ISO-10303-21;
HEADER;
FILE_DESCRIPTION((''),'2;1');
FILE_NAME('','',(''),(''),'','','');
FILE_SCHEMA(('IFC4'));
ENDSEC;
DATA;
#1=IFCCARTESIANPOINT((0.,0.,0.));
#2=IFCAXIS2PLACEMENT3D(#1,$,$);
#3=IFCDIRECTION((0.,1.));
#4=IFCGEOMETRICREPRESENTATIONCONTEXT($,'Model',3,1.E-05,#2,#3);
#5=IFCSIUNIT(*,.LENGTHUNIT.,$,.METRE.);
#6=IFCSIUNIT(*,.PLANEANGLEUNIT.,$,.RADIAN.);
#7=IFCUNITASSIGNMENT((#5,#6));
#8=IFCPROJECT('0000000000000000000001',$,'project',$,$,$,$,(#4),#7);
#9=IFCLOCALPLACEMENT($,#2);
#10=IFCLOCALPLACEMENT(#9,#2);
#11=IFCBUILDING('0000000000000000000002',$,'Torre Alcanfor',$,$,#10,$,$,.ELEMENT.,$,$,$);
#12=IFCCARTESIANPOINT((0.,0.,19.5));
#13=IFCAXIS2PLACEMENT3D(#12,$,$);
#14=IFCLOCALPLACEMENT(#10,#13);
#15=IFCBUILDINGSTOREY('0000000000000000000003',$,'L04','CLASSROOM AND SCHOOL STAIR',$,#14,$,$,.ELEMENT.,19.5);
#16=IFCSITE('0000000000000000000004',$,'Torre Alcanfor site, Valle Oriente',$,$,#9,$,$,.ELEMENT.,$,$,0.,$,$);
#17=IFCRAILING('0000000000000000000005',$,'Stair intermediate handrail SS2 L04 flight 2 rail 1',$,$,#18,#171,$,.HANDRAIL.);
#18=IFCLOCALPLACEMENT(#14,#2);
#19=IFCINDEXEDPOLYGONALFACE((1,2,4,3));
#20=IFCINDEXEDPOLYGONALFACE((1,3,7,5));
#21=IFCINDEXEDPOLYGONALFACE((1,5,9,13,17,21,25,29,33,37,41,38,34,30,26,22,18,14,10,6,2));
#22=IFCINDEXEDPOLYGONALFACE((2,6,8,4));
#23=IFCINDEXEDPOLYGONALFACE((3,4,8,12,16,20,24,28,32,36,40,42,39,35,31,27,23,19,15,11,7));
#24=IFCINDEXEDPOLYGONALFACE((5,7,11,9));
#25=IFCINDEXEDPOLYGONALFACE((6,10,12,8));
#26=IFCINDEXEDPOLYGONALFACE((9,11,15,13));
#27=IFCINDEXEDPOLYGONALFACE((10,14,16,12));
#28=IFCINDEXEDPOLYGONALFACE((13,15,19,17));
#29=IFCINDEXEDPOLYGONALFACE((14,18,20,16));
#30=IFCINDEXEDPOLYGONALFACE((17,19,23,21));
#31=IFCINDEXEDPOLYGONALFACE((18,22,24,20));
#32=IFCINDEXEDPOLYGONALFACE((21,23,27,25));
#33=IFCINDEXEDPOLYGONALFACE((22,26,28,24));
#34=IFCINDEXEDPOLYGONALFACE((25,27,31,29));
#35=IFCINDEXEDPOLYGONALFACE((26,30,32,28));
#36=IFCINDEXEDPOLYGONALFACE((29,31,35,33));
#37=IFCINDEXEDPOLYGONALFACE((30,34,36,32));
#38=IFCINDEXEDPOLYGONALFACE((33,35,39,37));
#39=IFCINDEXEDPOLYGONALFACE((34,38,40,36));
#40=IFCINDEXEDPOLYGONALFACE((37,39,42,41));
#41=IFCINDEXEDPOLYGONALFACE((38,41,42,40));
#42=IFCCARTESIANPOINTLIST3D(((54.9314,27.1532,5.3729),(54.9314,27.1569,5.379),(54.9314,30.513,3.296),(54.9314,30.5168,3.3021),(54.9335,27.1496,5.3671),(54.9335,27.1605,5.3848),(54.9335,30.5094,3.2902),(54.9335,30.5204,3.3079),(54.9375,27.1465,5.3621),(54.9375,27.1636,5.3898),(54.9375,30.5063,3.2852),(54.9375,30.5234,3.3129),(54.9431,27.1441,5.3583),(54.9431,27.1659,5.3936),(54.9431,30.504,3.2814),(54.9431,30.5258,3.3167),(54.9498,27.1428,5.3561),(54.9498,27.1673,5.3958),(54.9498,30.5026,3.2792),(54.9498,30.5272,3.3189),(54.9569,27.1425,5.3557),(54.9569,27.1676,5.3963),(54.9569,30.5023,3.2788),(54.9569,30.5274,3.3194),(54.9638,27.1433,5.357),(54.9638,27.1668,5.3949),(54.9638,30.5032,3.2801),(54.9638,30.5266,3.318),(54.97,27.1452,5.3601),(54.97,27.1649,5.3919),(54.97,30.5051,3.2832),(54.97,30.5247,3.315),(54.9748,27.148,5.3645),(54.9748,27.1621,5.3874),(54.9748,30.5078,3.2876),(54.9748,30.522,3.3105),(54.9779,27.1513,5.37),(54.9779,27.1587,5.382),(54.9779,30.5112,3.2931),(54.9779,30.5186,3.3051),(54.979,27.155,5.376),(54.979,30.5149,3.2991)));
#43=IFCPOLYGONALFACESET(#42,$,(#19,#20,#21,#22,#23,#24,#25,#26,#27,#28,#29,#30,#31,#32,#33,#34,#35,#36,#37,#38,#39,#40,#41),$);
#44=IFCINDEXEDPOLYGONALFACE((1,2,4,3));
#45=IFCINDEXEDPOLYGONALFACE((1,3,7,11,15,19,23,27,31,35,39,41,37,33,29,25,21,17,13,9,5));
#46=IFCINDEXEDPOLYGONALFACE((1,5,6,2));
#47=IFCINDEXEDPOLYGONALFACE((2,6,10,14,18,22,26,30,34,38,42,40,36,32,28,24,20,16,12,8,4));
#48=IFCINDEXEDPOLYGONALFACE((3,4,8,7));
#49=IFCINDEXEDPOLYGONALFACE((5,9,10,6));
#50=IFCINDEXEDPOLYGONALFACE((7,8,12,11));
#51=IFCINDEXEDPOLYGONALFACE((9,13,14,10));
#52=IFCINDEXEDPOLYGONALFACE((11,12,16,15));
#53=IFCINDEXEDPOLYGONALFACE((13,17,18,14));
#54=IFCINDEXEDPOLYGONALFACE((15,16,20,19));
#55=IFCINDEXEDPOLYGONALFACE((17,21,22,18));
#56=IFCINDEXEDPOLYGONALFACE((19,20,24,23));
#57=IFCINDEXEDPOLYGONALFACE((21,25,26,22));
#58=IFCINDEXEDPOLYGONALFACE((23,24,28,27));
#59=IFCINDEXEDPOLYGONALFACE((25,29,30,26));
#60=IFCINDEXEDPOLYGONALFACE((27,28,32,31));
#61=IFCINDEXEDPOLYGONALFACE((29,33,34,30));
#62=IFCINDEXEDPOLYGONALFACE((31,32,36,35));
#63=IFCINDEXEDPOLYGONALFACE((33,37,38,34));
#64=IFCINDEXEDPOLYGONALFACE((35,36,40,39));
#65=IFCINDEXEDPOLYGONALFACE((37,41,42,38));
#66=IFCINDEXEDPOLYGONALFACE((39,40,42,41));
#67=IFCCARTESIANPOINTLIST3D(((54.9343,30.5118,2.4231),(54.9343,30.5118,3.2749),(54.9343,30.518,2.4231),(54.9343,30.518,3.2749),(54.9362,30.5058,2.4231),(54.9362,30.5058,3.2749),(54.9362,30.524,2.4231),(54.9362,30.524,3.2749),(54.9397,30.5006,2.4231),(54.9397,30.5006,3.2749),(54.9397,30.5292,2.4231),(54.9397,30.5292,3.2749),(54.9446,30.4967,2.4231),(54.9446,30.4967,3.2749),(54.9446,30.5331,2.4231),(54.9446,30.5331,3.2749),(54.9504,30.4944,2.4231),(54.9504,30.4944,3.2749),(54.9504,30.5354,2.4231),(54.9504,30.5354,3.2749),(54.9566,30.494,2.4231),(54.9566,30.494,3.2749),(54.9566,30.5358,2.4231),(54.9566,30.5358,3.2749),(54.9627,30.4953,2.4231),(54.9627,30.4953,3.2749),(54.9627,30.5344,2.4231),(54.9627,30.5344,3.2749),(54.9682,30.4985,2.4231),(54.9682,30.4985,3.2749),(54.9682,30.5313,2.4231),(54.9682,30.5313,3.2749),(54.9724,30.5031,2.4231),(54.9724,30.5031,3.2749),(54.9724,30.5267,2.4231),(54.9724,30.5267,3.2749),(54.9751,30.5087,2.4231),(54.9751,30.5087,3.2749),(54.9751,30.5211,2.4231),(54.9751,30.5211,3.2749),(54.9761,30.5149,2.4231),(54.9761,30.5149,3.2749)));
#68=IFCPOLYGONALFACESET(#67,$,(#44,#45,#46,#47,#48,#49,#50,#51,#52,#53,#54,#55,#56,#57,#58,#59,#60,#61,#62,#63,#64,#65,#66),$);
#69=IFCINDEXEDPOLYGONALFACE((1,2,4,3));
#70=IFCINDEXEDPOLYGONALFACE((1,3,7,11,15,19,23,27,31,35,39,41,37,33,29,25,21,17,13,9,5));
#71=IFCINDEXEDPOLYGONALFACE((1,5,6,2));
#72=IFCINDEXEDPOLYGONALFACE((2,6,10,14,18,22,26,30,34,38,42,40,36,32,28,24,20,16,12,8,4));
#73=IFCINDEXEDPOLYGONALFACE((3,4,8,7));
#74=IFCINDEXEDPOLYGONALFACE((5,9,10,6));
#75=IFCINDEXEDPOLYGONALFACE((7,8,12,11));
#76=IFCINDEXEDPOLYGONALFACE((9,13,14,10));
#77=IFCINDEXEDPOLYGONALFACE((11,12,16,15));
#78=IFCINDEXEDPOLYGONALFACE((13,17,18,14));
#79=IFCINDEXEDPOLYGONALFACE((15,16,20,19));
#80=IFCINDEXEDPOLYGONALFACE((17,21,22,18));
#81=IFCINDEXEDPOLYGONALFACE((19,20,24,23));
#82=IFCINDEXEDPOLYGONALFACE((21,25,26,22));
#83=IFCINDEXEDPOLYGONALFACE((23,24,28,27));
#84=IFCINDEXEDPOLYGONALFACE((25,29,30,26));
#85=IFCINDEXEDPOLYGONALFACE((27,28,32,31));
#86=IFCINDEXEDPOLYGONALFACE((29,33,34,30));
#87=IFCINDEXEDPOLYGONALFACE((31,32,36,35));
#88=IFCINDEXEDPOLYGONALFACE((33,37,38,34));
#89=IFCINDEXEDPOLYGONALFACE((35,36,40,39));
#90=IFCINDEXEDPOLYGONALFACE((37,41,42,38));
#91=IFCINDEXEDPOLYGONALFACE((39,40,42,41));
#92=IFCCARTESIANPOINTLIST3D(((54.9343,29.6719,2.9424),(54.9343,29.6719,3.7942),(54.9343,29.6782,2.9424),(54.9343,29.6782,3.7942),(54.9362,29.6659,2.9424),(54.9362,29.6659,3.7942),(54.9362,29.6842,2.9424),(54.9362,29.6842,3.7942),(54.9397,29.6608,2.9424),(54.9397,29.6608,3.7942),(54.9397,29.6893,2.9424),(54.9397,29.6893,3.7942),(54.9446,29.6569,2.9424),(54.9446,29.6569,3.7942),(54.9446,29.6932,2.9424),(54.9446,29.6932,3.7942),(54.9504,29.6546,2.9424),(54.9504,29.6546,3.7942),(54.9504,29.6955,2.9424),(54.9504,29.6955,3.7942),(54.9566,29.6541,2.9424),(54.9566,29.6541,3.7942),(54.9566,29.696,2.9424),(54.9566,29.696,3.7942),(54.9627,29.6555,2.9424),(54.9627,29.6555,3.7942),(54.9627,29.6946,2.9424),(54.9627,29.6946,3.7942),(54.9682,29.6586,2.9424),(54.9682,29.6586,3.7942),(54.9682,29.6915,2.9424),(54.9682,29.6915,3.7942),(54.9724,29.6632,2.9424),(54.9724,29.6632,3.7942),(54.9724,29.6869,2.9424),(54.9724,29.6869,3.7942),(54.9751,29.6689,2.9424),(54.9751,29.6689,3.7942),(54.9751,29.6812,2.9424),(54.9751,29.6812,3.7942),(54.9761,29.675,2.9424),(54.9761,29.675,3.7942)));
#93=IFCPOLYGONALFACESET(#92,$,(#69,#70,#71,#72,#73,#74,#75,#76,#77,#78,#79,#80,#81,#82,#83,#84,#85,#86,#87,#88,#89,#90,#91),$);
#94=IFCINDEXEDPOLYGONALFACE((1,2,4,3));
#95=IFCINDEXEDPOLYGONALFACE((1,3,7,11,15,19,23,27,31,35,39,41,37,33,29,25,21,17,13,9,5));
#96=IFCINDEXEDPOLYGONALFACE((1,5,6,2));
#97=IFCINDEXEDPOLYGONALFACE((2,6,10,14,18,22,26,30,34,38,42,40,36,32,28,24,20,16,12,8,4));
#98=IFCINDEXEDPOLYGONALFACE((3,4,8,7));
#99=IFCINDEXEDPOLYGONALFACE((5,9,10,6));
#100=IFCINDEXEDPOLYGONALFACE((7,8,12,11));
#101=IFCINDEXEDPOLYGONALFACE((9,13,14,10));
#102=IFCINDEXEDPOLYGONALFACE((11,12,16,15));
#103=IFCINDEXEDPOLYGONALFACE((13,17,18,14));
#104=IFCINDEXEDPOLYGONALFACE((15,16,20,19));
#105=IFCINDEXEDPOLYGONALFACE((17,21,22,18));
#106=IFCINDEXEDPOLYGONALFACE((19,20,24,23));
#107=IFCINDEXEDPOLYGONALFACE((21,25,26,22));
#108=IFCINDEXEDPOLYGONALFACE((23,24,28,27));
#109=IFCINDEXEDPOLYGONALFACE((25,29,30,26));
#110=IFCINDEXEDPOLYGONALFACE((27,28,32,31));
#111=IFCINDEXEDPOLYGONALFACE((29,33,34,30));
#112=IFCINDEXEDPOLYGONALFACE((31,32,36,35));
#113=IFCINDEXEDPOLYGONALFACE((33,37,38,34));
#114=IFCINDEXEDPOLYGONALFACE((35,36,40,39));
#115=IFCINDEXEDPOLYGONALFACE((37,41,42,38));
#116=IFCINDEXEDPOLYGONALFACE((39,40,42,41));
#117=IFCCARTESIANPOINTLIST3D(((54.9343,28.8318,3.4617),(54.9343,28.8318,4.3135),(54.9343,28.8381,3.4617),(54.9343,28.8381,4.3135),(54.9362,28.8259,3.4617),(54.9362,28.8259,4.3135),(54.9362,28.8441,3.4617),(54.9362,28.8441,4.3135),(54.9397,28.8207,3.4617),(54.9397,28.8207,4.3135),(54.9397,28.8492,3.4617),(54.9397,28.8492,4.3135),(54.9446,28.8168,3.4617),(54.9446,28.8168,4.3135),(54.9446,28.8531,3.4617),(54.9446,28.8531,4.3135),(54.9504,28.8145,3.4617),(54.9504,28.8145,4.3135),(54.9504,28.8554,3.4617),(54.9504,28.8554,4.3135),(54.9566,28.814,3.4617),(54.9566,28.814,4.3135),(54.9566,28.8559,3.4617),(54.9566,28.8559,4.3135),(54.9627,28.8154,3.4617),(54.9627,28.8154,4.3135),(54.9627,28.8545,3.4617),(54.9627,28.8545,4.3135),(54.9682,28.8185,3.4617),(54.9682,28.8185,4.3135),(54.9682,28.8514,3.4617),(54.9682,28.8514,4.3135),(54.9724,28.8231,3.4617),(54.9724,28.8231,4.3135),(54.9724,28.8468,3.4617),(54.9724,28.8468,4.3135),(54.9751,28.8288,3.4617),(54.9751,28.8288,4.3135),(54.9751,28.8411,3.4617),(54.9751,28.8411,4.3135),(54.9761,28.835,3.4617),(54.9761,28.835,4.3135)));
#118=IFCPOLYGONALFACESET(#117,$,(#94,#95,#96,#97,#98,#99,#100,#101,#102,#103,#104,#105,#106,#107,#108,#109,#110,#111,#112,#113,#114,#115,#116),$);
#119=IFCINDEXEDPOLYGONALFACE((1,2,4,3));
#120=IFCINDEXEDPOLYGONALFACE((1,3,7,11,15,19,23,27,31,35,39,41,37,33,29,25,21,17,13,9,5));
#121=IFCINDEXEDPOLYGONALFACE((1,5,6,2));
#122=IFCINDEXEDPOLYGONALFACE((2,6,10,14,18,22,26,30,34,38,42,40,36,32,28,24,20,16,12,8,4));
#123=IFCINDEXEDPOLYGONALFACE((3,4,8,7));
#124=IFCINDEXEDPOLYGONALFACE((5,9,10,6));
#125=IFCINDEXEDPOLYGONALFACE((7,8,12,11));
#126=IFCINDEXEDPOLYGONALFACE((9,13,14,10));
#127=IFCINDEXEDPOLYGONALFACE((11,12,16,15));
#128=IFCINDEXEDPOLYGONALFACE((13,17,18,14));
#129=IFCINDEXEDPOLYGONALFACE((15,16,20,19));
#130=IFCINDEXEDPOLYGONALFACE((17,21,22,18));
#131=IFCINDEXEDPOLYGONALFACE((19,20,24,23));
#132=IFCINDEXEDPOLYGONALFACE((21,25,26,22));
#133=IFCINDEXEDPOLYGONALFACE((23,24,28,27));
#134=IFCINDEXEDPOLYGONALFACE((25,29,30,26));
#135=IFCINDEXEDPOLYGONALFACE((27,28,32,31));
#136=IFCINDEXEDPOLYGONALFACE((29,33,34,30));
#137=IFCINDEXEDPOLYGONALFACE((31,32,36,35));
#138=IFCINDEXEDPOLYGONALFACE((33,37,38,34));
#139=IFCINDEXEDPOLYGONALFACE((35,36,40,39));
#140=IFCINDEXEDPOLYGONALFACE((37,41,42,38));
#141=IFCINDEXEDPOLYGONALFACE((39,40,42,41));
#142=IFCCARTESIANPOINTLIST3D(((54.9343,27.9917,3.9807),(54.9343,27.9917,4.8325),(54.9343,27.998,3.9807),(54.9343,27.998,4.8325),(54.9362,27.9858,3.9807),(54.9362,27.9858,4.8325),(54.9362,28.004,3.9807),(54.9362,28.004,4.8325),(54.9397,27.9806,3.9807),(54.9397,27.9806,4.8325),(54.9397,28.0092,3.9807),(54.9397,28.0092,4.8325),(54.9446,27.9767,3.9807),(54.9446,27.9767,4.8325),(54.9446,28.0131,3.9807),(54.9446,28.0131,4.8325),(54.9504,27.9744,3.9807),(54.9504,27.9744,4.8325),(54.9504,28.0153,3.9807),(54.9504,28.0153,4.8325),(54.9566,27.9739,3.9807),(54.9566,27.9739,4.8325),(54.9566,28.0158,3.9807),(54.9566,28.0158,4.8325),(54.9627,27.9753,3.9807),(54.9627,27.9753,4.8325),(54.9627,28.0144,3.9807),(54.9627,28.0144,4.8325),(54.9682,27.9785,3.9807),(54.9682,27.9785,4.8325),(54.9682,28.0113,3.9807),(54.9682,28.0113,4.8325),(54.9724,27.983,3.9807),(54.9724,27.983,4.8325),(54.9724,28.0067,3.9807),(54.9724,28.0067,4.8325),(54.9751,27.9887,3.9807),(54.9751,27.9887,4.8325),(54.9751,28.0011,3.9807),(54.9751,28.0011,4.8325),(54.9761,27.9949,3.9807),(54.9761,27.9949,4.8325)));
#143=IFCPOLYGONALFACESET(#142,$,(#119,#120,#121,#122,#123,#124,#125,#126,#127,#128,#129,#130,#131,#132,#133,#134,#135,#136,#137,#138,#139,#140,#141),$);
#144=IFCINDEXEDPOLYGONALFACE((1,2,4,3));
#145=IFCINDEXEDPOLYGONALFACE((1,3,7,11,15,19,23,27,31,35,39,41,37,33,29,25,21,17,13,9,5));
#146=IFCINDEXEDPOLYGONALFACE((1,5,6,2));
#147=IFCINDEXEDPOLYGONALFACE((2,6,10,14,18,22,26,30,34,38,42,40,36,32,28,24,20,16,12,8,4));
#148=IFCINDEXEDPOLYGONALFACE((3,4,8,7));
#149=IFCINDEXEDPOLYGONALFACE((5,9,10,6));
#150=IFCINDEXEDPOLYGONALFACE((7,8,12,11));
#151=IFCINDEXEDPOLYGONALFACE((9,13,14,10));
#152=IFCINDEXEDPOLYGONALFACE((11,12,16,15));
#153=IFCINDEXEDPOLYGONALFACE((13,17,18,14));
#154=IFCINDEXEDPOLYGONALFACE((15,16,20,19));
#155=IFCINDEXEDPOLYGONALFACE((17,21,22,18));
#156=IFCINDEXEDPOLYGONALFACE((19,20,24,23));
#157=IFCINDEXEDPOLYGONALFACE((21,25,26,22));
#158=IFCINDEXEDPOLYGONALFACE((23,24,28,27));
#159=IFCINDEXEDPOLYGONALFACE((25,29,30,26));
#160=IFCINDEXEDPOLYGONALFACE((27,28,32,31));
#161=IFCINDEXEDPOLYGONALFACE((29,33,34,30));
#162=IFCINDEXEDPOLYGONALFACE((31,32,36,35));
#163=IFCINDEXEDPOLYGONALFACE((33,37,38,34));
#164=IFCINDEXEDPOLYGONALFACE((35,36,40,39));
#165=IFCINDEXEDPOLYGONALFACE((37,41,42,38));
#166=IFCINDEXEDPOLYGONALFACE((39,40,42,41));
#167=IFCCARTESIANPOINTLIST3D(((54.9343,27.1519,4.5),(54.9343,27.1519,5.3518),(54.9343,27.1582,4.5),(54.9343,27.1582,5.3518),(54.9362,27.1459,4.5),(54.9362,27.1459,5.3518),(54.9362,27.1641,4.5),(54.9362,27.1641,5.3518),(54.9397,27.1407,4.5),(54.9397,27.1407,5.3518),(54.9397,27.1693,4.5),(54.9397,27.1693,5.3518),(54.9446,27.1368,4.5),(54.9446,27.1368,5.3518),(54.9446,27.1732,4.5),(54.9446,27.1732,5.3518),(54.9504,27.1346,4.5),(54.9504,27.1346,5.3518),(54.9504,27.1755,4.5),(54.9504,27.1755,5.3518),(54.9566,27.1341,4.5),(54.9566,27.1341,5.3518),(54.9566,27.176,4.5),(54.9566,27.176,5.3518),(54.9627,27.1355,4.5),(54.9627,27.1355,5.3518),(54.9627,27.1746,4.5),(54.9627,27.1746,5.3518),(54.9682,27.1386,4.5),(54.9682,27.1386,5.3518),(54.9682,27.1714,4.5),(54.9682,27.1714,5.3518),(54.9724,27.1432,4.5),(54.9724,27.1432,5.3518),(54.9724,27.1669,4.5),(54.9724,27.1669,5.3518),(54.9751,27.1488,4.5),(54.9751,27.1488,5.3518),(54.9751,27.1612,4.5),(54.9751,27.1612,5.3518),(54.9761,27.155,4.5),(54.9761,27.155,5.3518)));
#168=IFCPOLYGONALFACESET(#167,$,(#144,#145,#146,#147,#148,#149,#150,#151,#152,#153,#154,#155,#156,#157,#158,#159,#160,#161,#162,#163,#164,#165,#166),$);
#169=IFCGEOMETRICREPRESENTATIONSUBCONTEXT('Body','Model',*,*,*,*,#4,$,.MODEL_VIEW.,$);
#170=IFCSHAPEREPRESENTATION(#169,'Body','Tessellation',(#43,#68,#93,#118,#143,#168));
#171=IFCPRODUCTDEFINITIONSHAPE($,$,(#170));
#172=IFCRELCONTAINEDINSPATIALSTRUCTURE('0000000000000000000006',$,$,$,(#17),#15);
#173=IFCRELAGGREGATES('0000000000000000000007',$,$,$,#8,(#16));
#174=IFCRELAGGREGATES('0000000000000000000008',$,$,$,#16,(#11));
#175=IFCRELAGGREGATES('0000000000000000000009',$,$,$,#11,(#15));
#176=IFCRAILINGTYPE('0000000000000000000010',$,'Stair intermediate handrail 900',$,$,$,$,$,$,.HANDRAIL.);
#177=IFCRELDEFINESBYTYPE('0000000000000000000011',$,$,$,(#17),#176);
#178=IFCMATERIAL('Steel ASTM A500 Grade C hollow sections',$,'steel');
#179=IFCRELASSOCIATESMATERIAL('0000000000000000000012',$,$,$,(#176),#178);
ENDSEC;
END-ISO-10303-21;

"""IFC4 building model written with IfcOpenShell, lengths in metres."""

from ifc_helpers import new_model, si_unit, direction, frame, origin, origin_2d, place, context, subcontext, project, spatial, circle, extrude, material, type_object, element, save


model = new_model("IFC4")

# Units and contexts
model_context = context("Model", 3, precision=1e-05, world=origin(), true_north=direction((0.0, 1.0)))
body_context = subcontext(model_context, "Body", "Model", "MODEL_VIEW")
ifc_project = project(units=[si_unit("LENGTHUNIT", "METRE"), si_unit("PLANEANGLEUNIT", "RADIAN")], contexts=[model_context])

# Site, building, storey
site_placement = place(None, origin())
site = spatial("IfcSite", under=ifc_project, at=site_placement, Name="Torre Alcanfor site, Valle Oriente", CompositionType="ELEMENT", RefElevation=0.0)
building_placement = place(site_placement, origin())
building = spatial("IfcBuilding", under=site, at=building_placement, Name="Torre Alcanfor", CompositionType="ELEMENT")
storey_placement = place(building_placement, frame((0.0, 0.0, 19.5)))
storey = spatial("IfcBuildingStorey", under=building, at=storey_placement, Name="L04", Description="CLASSROOM AND SCHOOL STAIR", CompositionType="ELEMENT", Elevation=19.5)

# Railing
ifc_material_1 = material(Name="Steel ASTM A500 Grade C hollow sections", Category="steel")
railing_type_1 = type_object("IfcRailingType", Name="Stair intermediate handrail 900", PredefinedType="HANDRAIL", material=ifc_material_1)
railing_1_placement = place(storey_placement, frame((54.9551, 30.5149, 2.4231)))
element("IfcRailing", 1, at=railing_1_placement, inside=storey, type_object=railing_type_1, Name="Stair intermediate handrail SS2 L04 flight 2 rail 1", PredefinedType="HANDRAIL", context=body_context, shape_type="SweptSolid", body=[
    extrude(circle(Radius=0.0239, at=origin_2d()), frame((0.0, 0.0, 0.876), z_axis=(0.0, -0.850606, 0.525803), x_axis=(1.0, 0.0, 0.0)), (0.0, 0.0, 1.0), 3.95),
    extrude(circle(Radius=0.021, at=origin_2d()), origin(), (0.0, 0.0, 1.0), 0.8518),
    extrude(circle(Radius=0.021, at=origin_2d()), frame((0.0, -0.8398, 0.5193)), (0.0, 0.0, 1.0), 0.8518),
    extrude(circle(Radius=0.021, at=origin_2d()), frame((0.0, -1.6799, 1.0386)), (0.0, 0.0, 1.0), 0.8518),
    extrude(circle(Radius=0.021, at=origin_2d()), frame((0.0, -2.52, 1.5576)), (0.0, 0.0, 1.0), 0.8518),
    extrude(circle(Radius=0.021, at=origin_2d()), frame((0.0, -3.3599, 2.0769)), (0.0, 0.0, 1.0), 0.8518),
])

save(model, "model.ifc")
